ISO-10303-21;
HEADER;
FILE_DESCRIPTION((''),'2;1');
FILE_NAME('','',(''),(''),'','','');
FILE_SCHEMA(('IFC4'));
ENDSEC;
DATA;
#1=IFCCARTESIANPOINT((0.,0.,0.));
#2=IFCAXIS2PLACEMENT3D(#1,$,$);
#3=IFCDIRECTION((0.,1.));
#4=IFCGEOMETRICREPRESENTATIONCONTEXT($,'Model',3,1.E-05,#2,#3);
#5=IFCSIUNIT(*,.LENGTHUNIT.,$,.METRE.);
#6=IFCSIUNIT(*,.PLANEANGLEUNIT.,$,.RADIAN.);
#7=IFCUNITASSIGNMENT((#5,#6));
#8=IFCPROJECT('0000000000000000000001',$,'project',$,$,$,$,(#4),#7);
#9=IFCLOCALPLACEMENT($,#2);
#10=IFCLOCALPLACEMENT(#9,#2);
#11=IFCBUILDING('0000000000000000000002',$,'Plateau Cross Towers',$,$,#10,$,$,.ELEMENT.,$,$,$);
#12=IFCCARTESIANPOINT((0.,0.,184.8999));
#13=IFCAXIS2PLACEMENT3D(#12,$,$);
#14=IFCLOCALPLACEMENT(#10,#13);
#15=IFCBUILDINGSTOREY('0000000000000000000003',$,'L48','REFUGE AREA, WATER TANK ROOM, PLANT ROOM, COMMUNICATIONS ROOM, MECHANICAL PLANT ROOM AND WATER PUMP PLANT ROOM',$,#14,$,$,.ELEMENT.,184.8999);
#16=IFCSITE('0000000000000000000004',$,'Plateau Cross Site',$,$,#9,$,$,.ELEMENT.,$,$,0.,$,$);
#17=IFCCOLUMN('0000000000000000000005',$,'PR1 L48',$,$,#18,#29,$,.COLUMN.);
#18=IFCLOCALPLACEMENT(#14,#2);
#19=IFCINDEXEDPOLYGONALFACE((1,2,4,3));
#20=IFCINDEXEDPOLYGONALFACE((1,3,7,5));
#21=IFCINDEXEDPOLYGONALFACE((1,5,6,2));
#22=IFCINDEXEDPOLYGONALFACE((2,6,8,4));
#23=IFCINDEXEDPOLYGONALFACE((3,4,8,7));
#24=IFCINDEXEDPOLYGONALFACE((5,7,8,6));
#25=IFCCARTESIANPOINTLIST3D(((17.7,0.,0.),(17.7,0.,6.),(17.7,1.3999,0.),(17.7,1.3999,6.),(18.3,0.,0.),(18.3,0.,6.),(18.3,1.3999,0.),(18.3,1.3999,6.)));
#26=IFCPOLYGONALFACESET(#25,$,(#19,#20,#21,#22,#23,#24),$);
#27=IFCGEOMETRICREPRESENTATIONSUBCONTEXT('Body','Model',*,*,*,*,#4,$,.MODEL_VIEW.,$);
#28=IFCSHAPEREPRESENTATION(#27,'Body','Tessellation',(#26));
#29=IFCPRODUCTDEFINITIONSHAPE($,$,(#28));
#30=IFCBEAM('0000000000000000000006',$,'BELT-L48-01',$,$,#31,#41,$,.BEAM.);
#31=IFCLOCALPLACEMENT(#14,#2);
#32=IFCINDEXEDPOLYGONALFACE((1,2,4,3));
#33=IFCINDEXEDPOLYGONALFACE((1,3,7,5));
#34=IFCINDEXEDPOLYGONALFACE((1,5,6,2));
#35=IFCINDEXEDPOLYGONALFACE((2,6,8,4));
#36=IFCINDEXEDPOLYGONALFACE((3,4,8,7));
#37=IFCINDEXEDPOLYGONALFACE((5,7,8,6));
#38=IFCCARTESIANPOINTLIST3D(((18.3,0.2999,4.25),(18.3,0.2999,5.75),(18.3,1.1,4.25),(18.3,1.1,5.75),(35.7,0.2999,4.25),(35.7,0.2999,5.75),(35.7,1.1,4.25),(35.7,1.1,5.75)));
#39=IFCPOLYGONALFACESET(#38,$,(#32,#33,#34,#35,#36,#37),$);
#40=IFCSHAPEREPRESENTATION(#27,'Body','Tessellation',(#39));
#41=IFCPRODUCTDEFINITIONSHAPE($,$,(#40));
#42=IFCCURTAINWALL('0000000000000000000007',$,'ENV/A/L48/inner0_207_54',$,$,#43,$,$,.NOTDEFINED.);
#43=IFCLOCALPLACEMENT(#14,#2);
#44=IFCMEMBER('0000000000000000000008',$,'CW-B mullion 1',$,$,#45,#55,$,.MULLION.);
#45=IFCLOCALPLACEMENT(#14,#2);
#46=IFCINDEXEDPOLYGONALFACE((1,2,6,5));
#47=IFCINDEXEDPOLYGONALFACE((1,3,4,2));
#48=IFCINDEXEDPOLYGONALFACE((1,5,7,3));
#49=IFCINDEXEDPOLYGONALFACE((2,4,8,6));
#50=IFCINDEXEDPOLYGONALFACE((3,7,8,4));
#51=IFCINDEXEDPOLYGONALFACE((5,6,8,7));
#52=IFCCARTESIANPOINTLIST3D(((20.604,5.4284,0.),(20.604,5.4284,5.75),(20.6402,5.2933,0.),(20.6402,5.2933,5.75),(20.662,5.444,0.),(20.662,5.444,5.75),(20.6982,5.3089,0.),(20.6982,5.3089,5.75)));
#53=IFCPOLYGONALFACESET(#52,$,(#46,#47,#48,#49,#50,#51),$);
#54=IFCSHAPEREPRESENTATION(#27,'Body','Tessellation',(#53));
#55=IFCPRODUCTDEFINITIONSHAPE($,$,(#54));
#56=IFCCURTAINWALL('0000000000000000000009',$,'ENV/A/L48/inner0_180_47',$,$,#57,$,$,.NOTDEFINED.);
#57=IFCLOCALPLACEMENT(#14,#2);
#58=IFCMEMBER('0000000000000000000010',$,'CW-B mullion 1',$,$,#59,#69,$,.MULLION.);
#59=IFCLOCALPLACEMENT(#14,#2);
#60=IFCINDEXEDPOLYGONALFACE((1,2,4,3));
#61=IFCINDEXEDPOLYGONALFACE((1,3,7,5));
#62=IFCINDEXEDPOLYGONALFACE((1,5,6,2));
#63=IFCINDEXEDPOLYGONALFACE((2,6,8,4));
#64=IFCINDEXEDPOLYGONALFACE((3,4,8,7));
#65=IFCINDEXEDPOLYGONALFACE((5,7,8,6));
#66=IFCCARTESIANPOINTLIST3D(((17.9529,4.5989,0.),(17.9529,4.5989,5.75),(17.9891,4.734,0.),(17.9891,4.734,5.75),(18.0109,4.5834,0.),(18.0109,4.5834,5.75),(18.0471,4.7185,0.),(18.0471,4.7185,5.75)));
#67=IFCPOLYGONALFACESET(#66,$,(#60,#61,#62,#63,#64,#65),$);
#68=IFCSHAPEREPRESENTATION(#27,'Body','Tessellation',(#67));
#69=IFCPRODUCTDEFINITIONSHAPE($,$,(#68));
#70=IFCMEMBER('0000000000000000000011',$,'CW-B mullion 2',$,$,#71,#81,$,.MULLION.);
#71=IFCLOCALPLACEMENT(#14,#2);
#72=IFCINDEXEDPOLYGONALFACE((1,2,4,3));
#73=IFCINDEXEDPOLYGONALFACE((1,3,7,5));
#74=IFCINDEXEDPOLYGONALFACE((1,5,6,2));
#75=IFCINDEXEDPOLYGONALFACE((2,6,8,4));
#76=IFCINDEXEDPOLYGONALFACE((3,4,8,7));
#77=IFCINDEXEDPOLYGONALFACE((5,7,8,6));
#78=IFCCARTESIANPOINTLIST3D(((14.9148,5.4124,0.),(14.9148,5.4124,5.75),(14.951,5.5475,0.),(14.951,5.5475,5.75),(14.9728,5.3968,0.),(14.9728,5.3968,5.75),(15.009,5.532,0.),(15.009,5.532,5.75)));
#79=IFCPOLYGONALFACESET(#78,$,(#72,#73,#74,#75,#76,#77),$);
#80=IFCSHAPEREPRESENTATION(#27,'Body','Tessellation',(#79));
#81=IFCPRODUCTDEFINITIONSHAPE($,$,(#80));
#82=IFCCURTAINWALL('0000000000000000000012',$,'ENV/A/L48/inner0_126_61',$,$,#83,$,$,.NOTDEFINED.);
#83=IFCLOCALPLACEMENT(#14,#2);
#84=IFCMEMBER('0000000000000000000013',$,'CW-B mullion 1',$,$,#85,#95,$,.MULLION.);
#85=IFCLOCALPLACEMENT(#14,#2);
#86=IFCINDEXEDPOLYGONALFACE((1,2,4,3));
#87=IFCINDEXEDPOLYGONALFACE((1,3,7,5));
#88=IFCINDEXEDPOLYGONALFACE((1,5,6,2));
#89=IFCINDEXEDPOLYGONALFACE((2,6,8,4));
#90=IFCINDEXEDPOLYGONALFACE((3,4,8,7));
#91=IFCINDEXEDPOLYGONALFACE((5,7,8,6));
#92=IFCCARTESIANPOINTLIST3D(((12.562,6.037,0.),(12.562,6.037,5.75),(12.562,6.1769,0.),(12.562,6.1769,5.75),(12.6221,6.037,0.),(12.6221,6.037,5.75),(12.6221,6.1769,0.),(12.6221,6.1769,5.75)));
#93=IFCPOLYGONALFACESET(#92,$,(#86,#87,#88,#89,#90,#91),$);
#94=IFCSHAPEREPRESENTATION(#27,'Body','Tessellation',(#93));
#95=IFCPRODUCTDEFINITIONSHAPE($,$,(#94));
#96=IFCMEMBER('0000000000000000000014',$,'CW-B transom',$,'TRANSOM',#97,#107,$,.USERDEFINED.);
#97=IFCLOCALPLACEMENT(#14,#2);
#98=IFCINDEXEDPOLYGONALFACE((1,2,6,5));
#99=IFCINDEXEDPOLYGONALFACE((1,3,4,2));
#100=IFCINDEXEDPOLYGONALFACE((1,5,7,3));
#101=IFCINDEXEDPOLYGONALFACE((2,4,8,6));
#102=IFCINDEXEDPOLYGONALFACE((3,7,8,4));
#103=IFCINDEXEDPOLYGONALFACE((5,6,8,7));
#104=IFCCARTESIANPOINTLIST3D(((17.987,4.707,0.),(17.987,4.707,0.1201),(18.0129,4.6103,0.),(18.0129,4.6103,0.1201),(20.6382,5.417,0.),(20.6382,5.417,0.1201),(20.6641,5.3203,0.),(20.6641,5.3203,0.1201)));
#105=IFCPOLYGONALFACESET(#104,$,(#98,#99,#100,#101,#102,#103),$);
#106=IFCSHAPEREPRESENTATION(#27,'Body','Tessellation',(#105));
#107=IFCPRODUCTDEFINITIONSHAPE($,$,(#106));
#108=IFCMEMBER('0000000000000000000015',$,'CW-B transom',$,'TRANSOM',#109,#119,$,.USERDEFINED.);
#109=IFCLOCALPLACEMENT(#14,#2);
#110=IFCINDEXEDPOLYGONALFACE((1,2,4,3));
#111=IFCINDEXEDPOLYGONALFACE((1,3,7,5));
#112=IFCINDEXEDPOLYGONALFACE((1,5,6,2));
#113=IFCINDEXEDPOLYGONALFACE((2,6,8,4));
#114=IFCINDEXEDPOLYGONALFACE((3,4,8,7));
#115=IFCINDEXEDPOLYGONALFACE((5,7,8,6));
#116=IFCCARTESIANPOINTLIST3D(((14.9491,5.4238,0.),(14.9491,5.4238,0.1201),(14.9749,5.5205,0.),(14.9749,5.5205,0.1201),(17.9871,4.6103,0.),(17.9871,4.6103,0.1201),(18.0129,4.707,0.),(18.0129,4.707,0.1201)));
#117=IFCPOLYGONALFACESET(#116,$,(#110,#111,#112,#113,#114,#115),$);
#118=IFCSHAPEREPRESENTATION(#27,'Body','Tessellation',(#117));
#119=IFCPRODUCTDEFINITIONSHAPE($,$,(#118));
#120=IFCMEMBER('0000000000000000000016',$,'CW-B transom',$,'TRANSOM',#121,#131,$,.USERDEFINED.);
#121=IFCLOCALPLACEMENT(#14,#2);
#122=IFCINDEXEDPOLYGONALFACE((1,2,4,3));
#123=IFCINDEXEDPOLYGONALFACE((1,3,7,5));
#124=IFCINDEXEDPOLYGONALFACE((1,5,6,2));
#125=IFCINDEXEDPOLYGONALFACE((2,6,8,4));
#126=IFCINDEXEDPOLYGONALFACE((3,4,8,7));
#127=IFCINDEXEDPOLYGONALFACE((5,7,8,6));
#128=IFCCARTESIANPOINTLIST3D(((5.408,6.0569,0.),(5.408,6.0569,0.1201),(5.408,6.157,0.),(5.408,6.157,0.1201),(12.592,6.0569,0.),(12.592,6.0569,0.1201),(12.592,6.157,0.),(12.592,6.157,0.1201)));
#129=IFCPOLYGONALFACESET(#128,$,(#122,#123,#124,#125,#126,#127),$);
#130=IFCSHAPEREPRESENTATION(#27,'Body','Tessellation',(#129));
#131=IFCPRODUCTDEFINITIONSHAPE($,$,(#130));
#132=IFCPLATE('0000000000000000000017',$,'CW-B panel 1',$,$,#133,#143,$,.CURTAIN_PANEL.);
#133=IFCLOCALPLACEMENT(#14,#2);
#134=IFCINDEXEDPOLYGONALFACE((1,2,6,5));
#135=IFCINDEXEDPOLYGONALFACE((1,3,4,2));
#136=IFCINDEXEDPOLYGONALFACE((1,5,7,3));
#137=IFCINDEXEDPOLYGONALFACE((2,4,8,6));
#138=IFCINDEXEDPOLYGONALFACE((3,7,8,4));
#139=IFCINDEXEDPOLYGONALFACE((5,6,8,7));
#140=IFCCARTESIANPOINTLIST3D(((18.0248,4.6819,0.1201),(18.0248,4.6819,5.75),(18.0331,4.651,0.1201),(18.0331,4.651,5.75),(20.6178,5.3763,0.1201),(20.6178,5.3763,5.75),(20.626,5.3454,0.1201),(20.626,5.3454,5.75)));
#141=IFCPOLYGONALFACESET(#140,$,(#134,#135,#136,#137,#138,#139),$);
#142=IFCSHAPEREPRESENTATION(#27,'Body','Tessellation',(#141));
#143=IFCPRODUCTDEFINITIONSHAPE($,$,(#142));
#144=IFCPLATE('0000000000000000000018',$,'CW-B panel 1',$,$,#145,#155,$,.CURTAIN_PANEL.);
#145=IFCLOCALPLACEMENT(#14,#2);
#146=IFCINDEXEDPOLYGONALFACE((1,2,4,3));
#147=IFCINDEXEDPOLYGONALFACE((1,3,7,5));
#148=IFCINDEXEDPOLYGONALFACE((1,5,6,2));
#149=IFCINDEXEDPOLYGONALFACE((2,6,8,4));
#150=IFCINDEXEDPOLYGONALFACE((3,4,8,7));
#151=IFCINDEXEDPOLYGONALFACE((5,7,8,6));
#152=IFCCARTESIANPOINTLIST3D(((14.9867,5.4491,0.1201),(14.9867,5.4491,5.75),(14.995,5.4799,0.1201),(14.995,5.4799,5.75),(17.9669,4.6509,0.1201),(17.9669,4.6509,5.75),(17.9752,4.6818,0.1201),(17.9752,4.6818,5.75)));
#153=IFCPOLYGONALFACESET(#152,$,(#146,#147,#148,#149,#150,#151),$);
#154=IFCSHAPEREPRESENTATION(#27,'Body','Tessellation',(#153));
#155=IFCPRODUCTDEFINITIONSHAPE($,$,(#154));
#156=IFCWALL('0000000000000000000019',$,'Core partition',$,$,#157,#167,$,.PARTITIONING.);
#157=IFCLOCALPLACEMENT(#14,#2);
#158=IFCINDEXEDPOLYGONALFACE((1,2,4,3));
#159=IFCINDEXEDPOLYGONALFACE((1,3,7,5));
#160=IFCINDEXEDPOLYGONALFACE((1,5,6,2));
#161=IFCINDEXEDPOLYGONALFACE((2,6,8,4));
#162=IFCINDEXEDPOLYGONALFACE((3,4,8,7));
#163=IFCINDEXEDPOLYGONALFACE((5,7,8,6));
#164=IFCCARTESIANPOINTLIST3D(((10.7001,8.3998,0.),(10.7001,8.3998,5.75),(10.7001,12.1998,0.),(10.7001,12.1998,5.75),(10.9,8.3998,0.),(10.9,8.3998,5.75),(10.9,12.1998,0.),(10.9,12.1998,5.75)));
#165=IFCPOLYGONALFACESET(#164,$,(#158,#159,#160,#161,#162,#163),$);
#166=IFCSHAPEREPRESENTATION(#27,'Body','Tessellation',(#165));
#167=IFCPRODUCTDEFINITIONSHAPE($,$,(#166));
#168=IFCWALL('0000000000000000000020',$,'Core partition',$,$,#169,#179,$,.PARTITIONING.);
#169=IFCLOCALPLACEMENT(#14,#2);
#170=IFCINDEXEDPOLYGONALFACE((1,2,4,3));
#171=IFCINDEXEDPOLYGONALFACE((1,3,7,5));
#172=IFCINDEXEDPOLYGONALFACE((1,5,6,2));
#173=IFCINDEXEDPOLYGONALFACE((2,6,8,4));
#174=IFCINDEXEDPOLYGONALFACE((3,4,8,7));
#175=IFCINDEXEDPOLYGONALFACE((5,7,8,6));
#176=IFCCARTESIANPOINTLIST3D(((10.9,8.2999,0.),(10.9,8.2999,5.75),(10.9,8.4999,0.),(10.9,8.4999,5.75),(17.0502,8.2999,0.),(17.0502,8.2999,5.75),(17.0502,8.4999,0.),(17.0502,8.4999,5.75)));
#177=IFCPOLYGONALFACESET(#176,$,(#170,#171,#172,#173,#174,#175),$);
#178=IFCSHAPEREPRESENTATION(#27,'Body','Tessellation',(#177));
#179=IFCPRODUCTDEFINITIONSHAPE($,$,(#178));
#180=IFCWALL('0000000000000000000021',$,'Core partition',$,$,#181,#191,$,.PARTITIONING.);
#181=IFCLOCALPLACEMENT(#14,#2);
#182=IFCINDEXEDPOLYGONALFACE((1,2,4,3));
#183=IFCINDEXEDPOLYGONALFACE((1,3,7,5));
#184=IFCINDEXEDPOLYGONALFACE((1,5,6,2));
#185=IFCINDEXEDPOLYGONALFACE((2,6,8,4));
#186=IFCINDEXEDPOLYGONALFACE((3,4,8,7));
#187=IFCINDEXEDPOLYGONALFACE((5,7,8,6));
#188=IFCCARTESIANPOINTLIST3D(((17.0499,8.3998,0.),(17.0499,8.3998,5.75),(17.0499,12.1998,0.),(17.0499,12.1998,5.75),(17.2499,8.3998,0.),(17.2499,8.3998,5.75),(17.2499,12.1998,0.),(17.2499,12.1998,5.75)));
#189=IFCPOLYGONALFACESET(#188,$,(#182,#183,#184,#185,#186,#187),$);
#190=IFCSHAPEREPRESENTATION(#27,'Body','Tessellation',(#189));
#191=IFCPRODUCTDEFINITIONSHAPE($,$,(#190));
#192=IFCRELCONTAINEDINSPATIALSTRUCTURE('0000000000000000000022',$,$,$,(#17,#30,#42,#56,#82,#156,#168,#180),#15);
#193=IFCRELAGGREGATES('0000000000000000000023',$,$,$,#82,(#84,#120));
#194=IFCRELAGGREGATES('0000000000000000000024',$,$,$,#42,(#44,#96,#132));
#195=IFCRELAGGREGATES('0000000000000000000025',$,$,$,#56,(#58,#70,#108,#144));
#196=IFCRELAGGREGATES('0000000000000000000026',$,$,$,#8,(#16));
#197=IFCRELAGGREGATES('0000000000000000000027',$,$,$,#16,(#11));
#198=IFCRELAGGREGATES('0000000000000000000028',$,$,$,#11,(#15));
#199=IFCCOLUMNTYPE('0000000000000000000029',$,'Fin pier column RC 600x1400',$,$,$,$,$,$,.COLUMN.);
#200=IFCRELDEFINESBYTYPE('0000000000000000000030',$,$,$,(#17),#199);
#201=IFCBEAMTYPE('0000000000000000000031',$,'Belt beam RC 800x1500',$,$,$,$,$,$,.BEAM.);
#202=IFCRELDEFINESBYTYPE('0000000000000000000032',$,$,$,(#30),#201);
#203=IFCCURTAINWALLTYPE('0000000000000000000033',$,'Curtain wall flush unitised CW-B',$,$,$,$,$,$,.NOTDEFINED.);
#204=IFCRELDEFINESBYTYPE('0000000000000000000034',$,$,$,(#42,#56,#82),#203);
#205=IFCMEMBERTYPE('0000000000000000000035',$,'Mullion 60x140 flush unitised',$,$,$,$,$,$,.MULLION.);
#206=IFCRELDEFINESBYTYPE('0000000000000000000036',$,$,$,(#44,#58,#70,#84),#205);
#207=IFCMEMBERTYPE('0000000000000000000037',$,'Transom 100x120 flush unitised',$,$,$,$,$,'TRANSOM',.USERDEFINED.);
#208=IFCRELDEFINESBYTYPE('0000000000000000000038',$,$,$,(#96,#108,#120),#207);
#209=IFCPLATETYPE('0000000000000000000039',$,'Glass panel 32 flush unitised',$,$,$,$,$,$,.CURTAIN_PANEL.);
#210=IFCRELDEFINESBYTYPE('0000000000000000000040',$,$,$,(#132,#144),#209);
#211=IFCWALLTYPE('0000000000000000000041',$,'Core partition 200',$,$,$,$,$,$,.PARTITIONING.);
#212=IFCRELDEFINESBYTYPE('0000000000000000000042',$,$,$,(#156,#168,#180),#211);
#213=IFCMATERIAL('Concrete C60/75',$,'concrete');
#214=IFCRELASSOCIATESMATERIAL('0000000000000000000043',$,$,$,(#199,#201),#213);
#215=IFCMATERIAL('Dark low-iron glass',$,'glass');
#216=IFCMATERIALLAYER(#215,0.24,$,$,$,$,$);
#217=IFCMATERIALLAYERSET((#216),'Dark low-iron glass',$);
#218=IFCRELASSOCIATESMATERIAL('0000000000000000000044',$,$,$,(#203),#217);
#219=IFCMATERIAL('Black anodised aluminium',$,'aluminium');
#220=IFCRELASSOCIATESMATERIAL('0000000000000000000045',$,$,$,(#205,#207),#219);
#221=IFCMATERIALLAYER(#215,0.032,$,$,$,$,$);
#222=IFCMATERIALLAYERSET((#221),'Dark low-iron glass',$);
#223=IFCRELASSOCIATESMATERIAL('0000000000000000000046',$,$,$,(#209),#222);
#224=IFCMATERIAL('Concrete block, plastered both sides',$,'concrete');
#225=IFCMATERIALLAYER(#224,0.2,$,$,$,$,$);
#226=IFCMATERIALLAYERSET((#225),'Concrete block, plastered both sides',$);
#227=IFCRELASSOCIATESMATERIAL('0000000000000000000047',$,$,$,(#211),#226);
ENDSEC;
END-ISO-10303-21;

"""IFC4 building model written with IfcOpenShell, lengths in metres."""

from ifc_helpers import new_model, si_unit, direction, frame, frame_2d, origin, origin_2d, place, context, subcontext, project, spatial, rectangle, extrude, material, layer, layer_set, material_profile, profile_set, type_object, element, aggregate, save


model = new_model("IFC4")

# Units and contexts
model_context = context("Model", 3, precision=1e-05, world=origin(), true_north=direction((0.0, 1.0)))
body_context = subcontext(model_context, "Body", "Model", "MODEL_VIEW")
ifc_project = project(units=[si_unit("LENGTHUNIT", "METRE"), si_unit("PLANEANGLEUNIT", "RADIAN")], contexts=[model_context])

# Site, building, storey
site_placement = place(None, origin())
site = spatial("IfcSite", under=ifc_project, at=site_placement, Name="Plateau Cross Site", CompositionType="ELEMENT", RefElevation=0.0)
building_placement = place(site_placement, origin())
building = spatial("IfcBuilding", under=site, at=building_placement, Name="Plateau Cross Towers", CompositionType="ELEMENT")
storey_placement = place(building_placement, frame((0.0, 0.0, 184.8999)))
storey = spatial("IfcBuildingStorey", under=building, at=storey_placement, Name="L48", Description="REFUGE AREA, WATER TANK ROOM, PLANT ROOM, COMMUNICATIONS ROOM, MECHANICAL PLANT ROOM AND WATER PUMP PLANT ROOM", CompositionType="ELEMENT", Elevation=184.8999)

# Column
ifc_material_1 = material(Name="Concrete C60/75", Category="concrete")
ifc_material_profile_1 = material_profile(ifc_material_1, rectangle(XDim=0.6001, YDim=1.3999, at=origin_2d()), Name="RC 600x1400")
ifc_profile_set_1 = profile_set([ifc_material_profile_1], Name="Concrete C60/75")
column_type = type_object("IfcColumnType", Name="Fin pier column RC 600x1400", PredefinedType="COLUMN", material=ifc_profile_set_1)
column_placement = place(storey_placement, frame((18.0, 0.7, 0.0), z_axis=(0.0, 0.0, 1.0), x_axis=(1.0, 0.0, 0.0)))
element("IfcColumn", 1, at=column_placement, inside=storey, type_object=column_type, Name="PR1 L48", PredefinedType="COLUMN", context=body_context, shape_type="SweptSolid", body=[
    extrude(rectangle(XDim=0.6001, YDim=1.3999, at=origin_2d()), origin(), (0.0, 0.0, 1.0), 6.0),
])

# Beam
ifc_material_profile_2 = material_profile(ifc_material_1, rectangle(XDim=0.8, YDim=1.5, at=origin_2d()), Name="RC 800x1500")
ifc_profile_set_2 = profile_set([ifc_material_profile_2], Name="Concrete C60/75")
beam_type = type_object("IfcBeamType", Name="Belt beam RC 800x1500", PredefinedType="BEAM", material=ifc_profile_set_2)
beam_placement = place(storey_placement, frame((18.3, 0.7, 5.0), z_axis=(1.0, 0.0, 0.0), x_axis=(0.0, 1.0, 0.0)))
element("IfcBeam", 2, at=beam_placement, inside=storey, type_object=beam_type, Name="BELT-L48-01", PredefinedType="BEAM", context=body_context, shape_type="SweptSolid", body=[
    extrude(rectangle(XDim=0.8, YDim=1.5, at=origin_2d()), origin(), (0.0, 0.0, 1.0), 17.3999),
])

# Curtain wall, member
ifc_material_2 = material(Name="Dark low-iron glass", Category="glass")
ifc_layer_1 = layer(ifc_material_2, 0.24)
ifc_layer_set_1 = layer_set([ifc_layer_1], Name="Dark low-iron glass")
curtain_wall_type = type_object("IfcCurtainWallType", Name="Curtain wall flush unitised CW-B", PredefinedType="NOTDEFINED", material=ifc_layer_set_1)
curtain_wall_1_placement = place(storey_placement, origin())
curtain_wall_1 = element("IfcCurtainWall", 3, at=curtain_wall_1_placement, inside=storey, type_object=curtain_wall_type, Name="ENV/A/L48/inner0_207_54", PredefinedType="NOTDEFINED")
ifc_material_3 = material(Name="Black anodised aluminium", Category="aluminium")
ifc_material_profile_3 = material_profile(ifc_material_3, rectangle(XDim=0.0601, YDim=0.1399, at=origin_2d()), Name="MULLION 60x140")
ifc_profile_set_3 = profile_set([ifc_material_profile_3], Name="Black anodised aluminium")
member_type_1 = type_object("IfcMemberType", Name="Mullion 60x140 flush unitised", PredefinedType="MULLION", material=ifc_profile_set_3)
member_1_placement = place(storey_placement, frame((20.6511, 5.3687, 0.0), z_axis=(0.0, 0.0, 1.0), x_axis=(-0.965958, -0.258699, 0.0)))
member_1 = element("IfcMember", 4, at=member_1_placement, type_object=member_type_1, Name="CW-B mullion 1", PredefinedType="MULLION", context=body_context, shape_type="SweptSolid", body=[
    extrude(rectangle(XDim=0.0601, YDim=0.1399, at=origin_2d()), origin(), (0.0, 0.0, 1.0), 5.75),
])

# Curtain wall, members
curtain_wall_2_placement = place(storey_placement, origin())
curtain_wall_2 = element("IfcCurtainWall", 5, at=curtain_wall_2_placement, inside=storey, type_object=curtain_wall_type, Name="ENV/A/L48/inner0_180_47", PredefinedType="NOTDEFINED")
member_2_placement = place(storey_placement, frame((18.0, 4.6587, 0.0), z_axis=(0.0, 0.0, 1.0), x_axis=(-0.965958, 0.258699, 0.0)))
member_2 = element("IfcMember", 6, at=member_2_placement, type_object=member_type_1, Name="CW-B mullion 1", PredefinedType="MULLION", context=body_context, shape_type="SweptSolid", body=[
    extrude(rectangle(XDim=0.0601, YDim=0.1399, at=origin_2d()), origin(), (0.0, 0.0, 1.0), 5.75),
])
member_3_placement = place(storey_placement, frame((14.9619, 5.4722, 0.0), z_axis=(0.0, 0.0, 1.0), x_axis=(-0.965958, 0.258699, 0.0)))
member_3 = element("IfcMember", 7, at=member_3_placement, type_object=member_type_1, Name="CW-B mullion 2", PredefinedType="MULLION", context=body_context, shape_type="SweptSolid", body=[
    extrude(rectangle(XDim=0.0601, YDim=0.1399, at=origin_2d()), origin(), (0.0, 0.0, 1.0), 5.75),
])

# Curtain wall, member
curtain_wall_3_placement = place(storey_placement, origin())
curtain_wall_3 = element("IfcCurtainWall", 8, at=curtain_wall_3_placement, inside=storey, type_object=curtain_wall_type, Name="ENV/A/L48/inner0_126_61", PredefinedType="NOTDEFINED")
member_4_placement = place(storey_placement, frame((12.592, 6.1069, 0.0), z_axis=(0.0, 0.0, 1.0), x_axis=(-1.0, 0.0, 0.0)))
member_4 = element("IfcMember", 9, at=member_4_placement, type_object=member_type_1, Name="CW-B mullion 1", PredefinedType="MULLION", context=body_context, shape_type="SweptSolid", body=[
    extrude(rectangle(XDim=0.0601, YDim=0.1399, at=origin_2d()), origin(), (0.0, 0.0, 1.0), 5.75),
])

# Members
ifc_material_profile_4 = material_profile(ifc_material_3, rectangle(XDim=0.1001, YDim=0.1201, at=origin_2d()), Name="TRANSOM 100x120")
ifc_profile_set_4 = profile_set([ifc_material_profile_4], Name="Black anodised aluminium")
member_type_2 = type_object("IfcMemberType", Name="Transom 100x120 flush unitised", ElementType="TRANSOM", PredefinedType="USERDEFINED", material=ifc_profile_set_4)
member_5_placement = place(storey_placement, frame((20.6511, 5.3687, 0.0601), z_axis=(-0.965963, -0.258681, 0.0), x_axis=(0.258681, -0.965963, 0.0)))
member_5 = element("IfcMember", 10, at=member_5_placement, type_object=member_type_2, Name="CW-B transom", ObjectType="TRANSOM", PredefinedType="USERDEFINED", context=body_context, shape_type="SweptSolid", body=[
    extrude(rectangle(XDim=0.1001, YDim=0.1201, at=origin_2d()), origin(), (0.0, 0.0, 1.0), 2.7446),
])
member_6_placement = place(storey_placement, frame((18.0, 4.6587, 0.0601), z_axis=(-0.965972, 0.258648, 0.0), x_axis=(-0.258648, -0.965972, 0.0)))
member_6 = element("IfcMember", 11, at=member_6_placement, type_object=member_type_2, Name="CW-B transom", ObjectType="TRANSOM", PredefinedType="USERDEFINED", context=body_context, shape_type="SweptSolid", body=[
    extrude(rectangle(XDim=0.1001, YDim=0.1201, at=origin_2d()), origin(), (0.0, 0.0, 1.0), 3.145),
])
member_7_placement = place(storey_placement, frame((12.592, 6.1069, 0.0601), z_axis=(-1.0, 0.0, 0.0), x_axis=(0.0, -1.0, 0.0)))
member_7 = element("IfcMember", 12, at=member_7_placement, type_object=member_type_2, Name="CW-B transom", ObjectType="TRANSOM", PredefinedType="USERDEFINED", context=body_context, shape_type="SweptSolid", body=[
    extrude(rectangle(XDim=0.1001, YDim=0.1201, at=origin_2d()), origin(), (0.0, 0.0, 1.0), 7.1841),
])
aggregate(curtain_wall_3, [member_4, member_7])

# Plates
ifc_layer_2 = layer(ifc_material_2, 0.032)
ifc_layer_set_2 = layer_set([ifc_layer_2], Name="Dark low-iron glass")
plate_type = type_object("IfcPlateType", Name="Glass panel 32 flush unitised", PredefinedType="CURTAIN_PANEL", material=ifc_layer_set_2)
plate_1_placement = place(storey_placement, frame((19.3254, 5.0137, 0.1201), z_axis=(0.0, 0.0, 1.0), x_axis=(-0.965958, -0.258699, 0.0)))
plate_1 = element("IfcPlate", 13, at=plate_1_placement, type_object=plate_type, Name="CW-B panel 1", PredefinedType="CURTAIN_PANEL", context=body_context, shape_type="SweptSolid", body=[
    extrude(rectangle(XDim=2.6843, YDim=0.032, at=origin_2d()), origin(), (0.0, 0.0, 1.0), 5.6299),
])
aggregate(curtain_wall_1, [member_1, member_5, plate_1])
plate_2_placement = place(storey_placement, frame((16.481, 5.0654, 0.1201), z_axis=(0.0, 0.0, 1.0), x_axis=(-0.965958, 0.258699, 0.0)))
plate_2 = element("IfcPlate", 14, at=plate_2_placement, type_object=plate_type, Name="CW-B panel 1", PredefinedType="CURTAIN_PANEL", context=body_context, shape_type="SweptSolid", body=[
    extrude(rectangle(XDim=3.0852, YDim=0.032, at=origin_2d()), origin(), (0.0, 0.0, 1.0), 5.6299),
])
aggregate(curtain_wall_2, [member_2, member_3, member_6, plate_2])

# Walls
ifc_material_4 = material(Name="Concrete block, plastered both sides", Category="concrete")
ifc_layer_3 = layer(ifc_material_4, 0.2)
ifc_layer_set_3 = layer_set([ifc_layer_3], Name="Concrete block, plastered both sides")
wall_type_1 = type_object("IfcWallType", Name="Core partition 200", PredefinedType="PARTITIONING", material=ifc_layer_set_3)
wall_1_placement = place(storey_placement, frame((10.8, 8.3999, 0.0), z_axis=(0.0, 0.0, 1.0), x_axis=(0.0, 1.0, 0.0)))
element("IfcWall", 15, at=wall_1_placement, inside=storey, type_object=wall_type_1, Name="Core partition", PredefinedType="PARTITIONING", context=body_context, shape_type="SweptSolid", body=[
    extrude(rectangle(XDim=3.8, YDim=0.2, at=frame_2d((1.8999, 0.0))), origin(), (0.0, 0.0, 1.0), 5.75),
])
wall_2_placement = place(storey_placement, frame((10.8999, 8.3999, 0.0), z_axis=(0.0, 0.0, 1.0), x_axis=(1.0, 0.0, 0.0)))
element("IfcWall", 16, at=wall_2_placement, inside=storey, type_object=wall_type_1, Name="Core partition", PredefinedType="PARTITIONING", context=body_context, shape_type="SweptSolid", body=[
    extrude(rectangle(XDim=6.1501, YDim=0.2, at=frame_2d((3.0752, 0.0))), origin(), (0.0, 0.0, 1.0), 5.75),
])
wall_3_placement = place(storey_placement, frame((17.1499, 8.3999, 0.0), z_axis=(0.0, 0.0, 1.0), x_axis=(0.0, 1.0, 0.0)))
element("IfcWall", 17, at=wall_3_placement, inside=storey, type_object=wall_type_1, Name="Core partition", PredefinedType="PARTITIONING", context=body_context, shape_type="SweptSolid", body=[
    extrude(rectangle(XDim=3.8, YDim=0.2, at=frame_2d((1.8999, 0.0))), origin(), (0.0, 0.0, 1.0), 5.75),
])

save(model, "model.ifc")
